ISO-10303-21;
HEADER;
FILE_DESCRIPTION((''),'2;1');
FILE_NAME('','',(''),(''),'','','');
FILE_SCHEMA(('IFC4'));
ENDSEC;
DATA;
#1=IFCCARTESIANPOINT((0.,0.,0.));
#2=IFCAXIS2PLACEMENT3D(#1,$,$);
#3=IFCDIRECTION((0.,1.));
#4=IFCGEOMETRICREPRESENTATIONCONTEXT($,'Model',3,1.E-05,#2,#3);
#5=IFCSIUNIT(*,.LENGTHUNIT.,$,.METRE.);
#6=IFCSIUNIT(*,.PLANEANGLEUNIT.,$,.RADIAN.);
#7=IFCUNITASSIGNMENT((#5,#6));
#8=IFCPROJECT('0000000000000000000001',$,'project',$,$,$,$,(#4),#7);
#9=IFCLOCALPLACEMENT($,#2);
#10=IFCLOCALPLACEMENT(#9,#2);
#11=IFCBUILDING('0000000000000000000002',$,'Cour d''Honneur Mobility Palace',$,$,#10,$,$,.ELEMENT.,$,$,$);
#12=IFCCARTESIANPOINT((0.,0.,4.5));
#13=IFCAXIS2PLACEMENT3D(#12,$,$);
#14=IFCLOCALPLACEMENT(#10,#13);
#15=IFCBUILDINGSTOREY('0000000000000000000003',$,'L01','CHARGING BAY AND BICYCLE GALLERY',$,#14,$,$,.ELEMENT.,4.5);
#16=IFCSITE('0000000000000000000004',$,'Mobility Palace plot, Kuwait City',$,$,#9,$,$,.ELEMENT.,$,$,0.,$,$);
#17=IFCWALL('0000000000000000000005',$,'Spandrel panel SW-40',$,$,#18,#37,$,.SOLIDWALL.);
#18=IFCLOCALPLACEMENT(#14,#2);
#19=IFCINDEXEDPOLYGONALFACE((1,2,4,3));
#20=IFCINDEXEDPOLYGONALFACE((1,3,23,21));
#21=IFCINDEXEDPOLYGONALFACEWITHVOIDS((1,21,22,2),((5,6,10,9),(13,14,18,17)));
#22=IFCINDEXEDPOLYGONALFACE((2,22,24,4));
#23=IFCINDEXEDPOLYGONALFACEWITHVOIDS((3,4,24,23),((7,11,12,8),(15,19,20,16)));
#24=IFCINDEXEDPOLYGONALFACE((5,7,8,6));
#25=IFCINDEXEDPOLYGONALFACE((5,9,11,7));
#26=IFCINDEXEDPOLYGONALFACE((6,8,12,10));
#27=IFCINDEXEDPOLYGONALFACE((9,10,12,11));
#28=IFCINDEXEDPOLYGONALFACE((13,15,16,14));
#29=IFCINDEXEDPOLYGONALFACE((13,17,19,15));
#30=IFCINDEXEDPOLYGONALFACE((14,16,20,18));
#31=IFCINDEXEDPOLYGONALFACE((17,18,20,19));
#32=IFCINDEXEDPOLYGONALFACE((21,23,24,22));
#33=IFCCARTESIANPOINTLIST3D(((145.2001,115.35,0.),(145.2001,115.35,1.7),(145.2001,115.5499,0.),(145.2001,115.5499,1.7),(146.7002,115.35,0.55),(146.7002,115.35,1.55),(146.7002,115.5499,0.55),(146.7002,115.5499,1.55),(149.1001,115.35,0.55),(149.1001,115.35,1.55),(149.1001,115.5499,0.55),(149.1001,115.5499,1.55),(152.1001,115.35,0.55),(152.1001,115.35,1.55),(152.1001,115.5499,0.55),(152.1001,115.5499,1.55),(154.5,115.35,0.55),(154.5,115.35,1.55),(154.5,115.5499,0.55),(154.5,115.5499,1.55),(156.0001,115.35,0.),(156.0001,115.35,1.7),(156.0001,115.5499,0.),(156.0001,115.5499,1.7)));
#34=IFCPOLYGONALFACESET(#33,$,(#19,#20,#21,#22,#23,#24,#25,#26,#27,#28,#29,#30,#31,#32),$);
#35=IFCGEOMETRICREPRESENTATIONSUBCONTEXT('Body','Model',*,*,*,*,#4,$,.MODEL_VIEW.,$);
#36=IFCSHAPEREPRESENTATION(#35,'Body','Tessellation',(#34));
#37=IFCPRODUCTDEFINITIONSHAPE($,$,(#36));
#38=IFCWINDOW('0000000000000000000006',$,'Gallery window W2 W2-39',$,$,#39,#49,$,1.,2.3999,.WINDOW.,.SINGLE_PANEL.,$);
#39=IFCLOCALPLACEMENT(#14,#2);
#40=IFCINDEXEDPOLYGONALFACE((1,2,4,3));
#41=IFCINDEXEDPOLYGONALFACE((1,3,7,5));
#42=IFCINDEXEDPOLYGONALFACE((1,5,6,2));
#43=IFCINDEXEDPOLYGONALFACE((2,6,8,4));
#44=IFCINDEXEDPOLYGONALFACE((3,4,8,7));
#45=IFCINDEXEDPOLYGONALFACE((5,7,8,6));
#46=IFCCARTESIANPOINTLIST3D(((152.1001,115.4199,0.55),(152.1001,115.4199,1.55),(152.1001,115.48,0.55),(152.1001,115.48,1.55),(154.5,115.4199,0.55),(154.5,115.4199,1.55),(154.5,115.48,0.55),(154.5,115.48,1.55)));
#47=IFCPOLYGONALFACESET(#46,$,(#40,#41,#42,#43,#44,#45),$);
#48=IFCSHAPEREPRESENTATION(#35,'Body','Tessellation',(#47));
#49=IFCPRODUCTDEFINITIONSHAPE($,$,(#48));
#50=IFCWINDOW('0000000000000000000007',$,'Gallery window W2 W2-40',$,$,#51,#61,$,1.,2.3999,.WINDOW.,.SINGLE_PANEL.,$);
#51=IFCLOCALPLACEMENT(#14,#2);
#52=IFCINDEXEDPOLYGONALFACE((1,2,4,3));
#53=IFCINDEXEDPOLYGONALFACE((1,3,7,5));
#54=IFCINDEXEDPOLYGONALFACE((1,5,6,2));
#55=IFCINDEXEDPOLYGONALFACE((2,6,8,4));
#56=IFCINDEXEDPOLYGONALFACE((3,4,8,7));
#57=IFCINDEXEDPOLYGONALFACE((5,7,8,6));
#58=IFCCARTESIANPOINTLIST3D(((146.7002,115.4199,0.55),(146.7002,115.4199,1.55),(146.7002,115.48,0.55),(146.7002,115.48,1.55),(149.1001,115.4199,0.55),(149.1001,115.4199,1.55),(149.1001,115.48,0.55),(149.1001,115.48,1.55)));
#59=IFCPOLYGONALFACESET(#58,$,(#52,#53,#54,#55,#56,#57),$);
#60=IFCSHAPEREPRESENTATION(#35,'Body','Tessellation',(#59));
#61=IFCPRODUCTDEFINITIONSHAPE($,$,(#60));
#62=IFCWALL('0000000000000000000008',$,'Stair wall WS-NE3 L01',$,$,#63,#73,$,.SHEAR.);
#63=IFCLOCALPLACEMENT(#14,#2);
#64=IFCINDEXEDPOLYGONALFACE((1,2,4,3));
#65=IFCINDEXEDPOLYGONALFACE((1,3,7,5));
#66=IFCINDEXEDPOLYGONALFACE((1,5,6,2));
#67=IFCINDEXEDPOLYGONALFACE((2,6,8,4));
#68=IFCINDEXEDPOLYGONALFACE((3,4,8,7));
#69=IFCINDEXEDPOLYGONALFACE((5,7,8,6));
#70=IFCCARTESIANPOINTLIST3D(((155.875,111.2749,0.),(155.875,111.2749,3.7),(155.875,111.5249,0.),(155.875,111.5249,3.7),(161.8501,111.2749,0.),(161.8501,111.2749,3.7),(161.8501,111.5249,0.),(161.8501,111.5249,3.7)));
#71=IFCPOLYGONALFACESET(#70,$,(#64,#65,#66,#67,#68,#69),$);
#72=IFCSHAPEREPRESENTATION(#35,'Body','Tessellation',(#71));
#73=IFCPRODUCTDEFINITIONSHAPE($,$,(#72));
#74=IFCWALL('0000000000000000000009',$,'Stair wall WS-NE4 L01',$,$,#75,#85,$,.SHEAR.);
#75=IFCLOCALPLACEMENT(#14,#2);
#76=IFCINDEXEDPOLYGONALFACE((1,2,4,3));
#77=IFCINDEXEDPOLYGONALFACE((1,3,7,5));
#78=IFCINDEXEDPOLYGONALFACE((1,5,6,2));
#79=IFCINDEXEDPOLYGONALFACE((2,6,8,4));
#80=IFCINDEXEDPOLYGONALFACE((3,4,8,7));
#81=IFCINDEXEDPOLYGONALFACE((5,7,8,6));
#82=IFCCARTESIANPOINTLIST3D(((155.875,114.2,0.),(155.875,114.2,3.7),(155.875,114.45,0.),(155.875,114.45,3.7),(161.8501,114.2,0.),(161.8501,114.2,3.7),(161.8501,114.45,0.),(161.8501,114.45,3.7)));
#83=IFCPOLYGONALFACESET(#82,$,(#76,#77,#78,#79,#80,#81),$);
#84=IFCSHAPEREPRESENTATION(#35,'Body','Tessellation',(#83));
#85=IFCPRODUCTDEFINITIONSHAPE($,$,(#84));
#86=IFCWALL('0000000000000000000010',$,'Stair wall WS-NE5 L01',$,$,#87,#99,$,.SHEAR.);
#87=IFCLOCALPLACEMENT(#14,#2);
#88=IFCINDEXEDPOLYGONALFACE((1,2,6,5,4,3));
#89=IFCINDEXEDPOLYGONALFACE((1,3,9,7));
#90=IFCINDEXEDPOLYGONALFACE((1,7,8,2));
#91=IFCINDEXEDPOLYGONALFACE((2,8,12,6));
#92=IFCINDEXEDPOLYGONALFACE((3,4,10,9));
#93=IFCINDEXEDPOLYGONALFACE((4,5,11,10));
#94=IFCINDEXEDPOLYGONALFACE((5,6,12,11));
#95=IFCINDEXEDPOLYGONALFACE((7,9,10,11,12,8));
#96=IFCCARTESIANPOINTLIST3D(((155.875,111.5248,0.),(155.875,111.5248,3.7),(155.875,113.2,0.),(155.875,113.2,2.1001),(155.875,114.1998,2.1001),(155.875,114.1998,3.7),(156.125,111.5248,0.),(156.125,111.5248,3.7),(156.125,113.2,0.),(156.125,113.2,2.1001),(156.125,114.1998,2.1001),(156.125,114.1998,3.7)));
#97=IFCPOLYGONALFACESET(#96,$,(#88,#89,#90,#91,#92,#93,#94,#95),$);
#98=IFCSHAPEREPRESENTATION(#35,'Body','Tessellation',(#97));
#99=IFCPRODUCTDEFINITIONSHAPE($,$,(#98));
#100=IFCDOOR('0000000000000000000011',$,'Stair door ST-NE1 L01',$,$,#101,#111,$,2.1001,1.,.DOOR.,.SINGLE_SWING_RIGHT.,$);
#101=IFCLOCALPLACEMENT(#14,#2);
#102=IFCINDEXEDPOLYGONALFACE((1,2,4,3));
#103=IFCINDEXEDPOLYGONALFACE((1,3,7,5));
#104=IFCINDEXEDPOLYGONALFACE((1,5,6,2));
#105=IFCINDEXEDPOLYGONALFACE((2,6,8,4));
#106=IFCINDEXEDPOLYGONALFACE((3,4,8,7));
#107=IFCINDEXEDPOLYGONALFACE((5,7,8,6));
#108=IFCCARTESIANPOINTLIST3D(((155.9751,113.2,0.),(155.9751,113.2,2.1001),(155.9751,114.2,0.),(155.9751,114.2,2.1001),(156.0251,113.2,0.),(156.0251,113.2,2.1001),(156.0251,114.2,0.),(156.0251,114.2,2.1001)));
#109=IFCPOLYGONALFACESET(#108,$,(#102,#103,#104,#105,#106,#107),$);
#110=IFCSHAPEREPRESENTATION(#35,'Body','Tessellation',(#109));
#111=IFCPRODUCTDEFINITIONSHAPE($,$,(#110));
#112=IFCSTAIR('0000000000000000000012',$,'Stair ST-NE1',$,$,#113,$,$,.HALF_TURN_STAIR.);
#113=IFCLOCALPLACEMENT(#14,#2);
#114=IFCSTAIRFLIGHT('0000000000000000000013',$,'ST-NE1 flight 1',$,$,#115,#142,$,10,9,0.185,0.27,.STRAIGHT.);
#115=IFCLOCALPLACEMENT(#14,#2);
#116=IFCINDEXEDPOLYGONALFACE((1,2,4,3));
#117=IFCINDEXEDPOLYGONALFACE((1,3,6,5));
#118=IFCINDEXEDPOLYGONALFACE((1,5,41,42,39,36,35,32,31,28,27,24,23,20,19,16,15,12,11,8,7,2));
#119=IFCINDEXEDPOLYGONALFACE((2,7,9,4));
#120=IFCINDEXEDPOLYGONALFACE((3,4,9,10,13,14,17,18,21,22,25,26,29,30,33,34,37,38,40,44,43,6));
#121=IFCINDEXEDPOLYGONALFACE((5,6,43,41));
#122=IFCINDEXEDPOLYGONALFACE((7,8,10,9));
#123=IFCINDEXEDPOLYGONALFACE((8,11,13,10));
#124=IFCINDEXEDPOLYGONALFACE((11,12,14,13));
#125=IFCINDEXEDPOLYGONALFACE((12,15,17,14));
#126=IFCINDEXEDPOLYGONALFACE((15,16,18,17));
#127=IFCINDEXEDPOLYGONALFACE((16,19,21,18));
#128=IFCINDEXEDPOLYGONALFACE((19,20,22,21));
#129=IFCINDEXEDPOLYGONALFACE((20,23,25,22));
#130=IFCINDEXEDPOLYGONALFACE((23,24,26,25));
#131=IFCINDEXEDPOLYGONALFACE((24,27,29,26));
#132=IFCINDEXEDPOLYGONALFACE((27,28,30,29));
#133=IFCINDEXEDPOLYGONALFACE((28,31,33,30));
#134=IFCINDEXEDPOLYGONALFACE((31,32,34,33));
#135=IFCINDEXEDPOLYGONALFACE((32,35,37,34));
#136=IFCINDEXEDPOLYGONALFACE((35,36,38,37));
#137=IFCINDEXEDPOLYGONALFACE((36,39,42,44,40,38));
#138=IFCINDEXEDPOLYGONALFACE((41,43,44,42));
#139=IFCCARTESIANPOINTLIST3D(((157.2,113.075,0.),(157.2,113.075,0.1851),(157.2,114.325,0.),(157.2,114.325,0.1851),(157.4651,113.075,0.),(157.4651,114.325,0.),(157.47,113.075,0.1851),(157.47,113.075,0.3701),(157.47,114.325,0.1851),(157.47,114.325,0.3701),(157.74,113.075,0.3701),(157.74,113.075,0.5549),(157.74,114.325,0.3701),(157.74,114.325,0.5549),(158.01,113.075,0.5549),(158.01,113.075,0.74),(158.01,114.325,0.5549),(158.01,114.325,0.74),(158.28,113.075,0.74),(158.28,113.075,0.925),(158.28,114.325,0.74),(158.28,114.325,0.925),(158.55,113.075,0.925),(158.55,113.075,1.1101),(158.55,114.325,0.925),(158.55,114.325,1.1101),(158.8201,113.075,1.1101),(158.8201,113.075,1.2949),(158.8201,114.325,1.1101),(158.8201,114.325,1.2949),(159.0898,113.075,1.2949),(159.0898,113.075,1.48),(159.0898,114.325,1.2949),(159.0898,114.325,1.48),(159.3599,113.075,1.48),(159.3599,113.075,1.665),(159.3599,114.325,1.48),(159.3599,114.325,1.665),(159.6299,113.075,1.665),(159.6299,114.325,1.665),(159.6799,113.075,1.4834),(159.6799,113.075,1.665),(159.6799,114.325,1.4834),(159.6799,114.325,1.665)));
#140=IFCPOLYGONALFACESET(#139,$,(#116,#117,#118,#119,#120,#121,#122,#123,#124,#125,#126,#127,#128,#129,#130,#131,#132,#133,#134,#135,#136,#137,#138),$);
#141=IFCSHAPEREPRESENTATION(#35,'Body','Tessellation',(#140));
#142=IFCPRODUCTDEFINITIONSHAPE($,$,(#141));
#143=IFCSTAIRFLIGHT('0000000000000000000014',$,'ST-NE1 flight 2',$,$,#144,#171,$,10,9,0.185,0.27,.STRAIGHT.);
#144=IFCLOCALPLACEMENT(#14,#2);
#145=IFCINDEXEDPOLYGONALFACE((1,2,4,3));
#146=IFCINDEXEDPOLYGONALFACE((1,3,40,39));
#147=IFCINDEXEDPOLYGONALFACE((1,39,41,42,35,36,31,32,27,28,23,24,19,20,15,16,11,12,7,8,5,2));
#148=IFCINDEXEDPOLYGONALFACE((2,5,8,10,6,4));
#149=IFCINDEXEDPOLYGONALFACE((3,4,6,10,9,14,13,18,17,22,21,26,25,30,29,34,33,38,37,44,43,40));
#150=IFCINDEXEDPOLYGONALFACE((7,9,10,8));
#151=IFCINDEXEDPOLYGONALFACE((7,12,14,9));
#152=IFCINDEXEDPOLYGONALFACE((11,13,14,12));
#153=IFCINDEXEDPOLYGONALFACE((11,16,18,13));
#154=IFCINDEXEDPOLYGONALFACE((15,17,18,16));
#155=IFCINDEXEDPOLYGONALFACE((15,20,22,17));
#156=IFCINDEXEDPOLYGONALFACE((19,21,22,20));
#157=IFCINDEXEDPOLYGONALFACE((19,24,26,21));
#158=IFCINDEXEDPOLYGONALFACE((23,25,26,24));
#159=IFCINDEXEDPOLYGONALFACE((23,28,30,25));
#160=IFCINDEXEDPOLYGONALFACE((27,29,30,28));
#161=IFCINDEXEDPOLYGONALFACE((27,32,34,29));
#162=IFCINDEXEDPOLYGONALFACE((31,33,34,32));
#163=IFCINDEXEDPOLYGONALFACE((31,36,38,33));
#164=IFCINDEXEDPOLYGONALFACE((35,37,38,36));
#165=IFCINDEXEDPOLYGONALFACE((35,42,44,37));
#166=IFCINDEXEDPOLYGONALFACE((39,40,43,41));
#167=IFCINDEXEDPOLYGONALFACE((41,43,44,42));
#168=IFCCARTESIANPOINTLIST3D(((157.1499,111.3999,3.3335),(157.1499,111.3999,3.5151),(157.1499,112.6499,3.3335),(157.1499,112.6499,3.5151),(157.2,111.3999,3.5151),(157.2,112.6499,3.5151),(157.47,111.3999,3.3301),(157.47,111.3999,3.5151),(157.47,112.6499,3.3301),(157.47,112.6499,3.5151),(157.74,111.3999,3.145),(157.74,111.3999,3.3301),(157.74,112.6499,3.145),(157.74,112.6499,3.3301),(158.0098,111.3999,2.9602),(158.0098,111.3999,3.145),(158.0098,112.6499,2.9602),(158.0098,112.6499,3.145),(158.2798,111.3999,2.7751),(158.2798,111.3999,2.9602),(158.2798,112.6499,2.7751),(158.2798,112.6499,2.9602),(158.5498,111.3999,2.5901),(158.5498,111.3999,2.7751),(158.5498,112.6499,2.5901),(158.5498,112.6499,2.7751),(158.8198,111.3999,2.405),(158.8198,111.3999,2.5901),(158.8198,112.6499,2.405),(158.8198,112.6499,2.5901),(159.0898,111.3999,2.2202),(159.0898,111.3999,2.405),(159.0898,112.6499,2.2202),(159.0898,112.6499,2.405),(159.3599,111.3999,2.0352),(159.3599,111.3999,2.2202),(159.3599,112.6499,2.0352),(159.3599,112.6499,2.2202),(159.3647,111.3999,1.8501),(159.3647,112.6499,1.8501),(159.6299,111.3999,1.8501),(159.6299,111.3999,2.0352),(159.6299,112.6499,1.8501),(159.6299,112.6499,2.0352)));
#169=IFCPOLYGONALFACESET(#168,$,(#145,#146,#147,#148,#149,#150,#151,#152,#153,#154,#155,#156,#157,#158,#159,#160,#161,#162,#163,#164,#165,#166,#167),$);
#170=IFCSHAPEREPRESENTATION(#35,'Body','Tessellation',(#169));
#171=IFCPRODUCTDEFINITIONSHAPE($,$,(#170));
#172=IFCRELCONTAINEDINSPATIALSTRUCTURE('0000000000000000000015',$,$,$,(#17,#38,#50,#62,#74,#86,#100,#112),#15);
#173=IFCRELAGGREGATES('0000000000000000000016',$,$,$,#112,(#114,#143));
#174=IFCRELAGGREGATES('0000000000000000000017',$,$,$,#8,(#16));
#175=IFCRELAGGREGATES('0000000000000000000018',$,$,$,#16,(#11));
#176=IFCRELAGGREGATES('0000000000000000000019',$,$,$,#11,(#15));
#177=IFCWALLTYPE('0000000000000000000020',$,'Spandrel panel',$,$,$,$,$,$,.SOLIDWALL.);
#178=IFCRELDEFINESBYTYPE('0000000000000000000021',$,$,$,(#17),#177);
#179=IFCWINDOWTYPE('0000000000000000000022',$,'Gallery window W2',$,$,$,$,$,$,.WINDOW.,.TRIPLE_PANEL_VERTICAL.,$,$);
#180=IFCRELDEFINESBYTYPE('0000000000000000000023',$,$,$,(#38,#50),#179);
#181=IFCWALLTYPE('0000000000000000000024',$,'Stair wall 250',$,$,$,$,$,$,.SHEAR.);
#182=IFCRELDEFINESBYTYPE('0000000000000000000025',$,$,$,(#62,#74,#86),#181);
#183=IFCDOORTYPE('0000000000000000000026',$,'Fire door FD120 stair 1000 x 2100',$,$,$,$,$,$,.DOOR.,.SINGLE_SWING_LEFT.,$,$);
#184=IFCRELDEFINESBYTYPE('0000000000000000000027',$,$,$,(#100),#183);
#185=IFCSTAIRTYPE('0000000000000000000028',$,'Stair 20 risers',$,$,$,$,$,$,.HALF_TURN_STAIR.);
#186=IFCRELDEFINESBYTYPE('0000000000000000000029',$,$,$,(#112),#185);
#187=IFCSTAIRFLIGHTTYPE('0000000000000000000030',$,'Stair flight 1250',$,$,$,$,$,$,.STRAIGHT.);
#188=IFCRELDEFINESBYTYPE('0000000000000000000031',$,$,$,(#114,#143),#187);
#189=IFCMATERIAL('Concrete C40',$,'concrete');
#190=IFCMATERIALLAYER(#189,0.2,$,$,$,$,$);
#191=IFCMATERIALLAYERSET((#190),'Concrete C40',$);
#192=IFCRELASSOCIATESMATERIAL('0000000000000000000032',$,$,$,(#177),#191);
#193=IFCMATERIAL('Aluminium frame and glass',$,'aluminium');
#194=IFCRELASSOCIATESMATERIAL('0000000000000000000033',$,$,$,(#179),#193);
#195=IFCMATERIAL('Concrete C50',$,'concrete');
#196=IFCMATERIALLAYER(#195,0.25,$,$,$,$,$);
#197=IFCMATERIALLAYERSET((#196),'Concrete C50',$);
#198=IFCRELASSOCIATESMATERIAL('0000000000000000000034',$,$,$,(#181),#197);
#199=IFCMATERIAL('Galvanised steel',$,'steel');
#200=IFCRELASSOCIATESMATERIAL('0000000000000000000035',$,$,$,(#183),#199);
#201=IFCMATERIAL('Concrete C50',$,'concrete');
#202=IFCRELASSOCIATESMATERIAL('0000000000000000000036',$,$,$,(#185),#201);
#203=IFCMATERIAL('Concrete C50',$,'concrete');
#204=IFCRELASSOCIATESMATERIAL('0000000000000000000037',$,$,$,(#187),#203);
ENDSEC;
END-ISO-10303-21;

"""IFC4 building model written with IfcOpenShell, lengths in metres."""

from ifc_helpers import new_model, si_unit, direction, frame, frame_2d, origin, place, context, subcontext, project, spatial, polyline, rectangle, outline, extrude, material, layer, layer_set, type_object, element, fill, aggregate, save


model = new_model("IFC4")

# Units and contexts
model_context = context("Model", 3, precision=1e-05, world=origin(), true_north=direction((0.0, 1.0)))
body_context = subcontext(model_context, "Body", "Model", "MODEL_VIEW")
ifc_project = project(units=[si_unit("LENGTHUNIT", "METRE"), si_unit("PLANEANGLEUNIT", "RADIAN")], contexts=[model_context])

# Site, building, storey
site_placement = place(None, origin())
site = spatial("IfcSite", under=ifc_project, at=site_placement, Name="Mobility Palace plot, Kuwait City", CompositionType="ELEMENT", RefElevation=0.0)
building_placement = place(site_placement, origin())
building = spatial("IfcBuilding", under=site, at=building_placement, Name="Cour d'Honneur Mobility Palace", CompositionType="ELEMENT")
storey_placement = place(building_placement, frame((0.0, 0.0, 4.5)))
storey = spatial("IfcBuildingStorey", under=building, at=storey_placement, Name="L01", Description="CHARGING BAY AND BICYCLE GALLERY", CompositionType="ELEMENT", Elevation=4.5)

# Wall, openings, windows
ifc_material_1 = material(Name="Concrete C40", Category="concrete")
ifc_layer_1 = layer(ifc_material_1, 0.2)
ifc_layer_set_1 = layer_set([ifc_layer_1], Name="Concrete C40")
wall_type_1 = type_object("IfcWallType", Name="Spandrel panel", PredefinedType="SOLIDWALL", material=ifc_layer_set_1)
wall_1_placement = place(storey_placement, frame((156.0, 115.45, 0.0), z_axis=(0.0, 0.0, 1.0), x_axis=(-1.0, 0.0, 0.0)))
wall_1 = element("IfcWall", 1, at=wall_1_placement, inside=storey, type_object=wall_type_1, Name="Spandrel panel SW-40", PredefinedType="SOLIDWALL", context=body_context, shape_type="SweptSolid", body=[
    extrude(rectangle(XDim=10.8, YDim=0.2, at=frame_2d((5.3999, 0.0))), origin(), (0.0, 0.0, 1.0), 1.7),
])
opening_1_placement = place(wall_1_placement, frame((1.5, 0.0, 0.55)))
opening_1 = element("IfcOpeningElement", 2, at=opening_1_placement, cuts=wall_1, PredefinedType="OPENING", context=body_context, shape_type="SweptSolid", body=[
    extrude(rectangle(XDim=2.3999, YDim=1.0, at=frame_2d((1.2, 0.5))), frame((0.0, 0.1099, 0.0), z_axis=(0.0, -1.0, 0.0), x_axis=(1.0, 0.0, 0.0)), (0.0, 0.0, 1.0), 0.22),
])
opening_2_placement = place(wall_1_placement, frame((6.8999, 0.0, 0.55)))
opening_2 = element("IfcOpeningElement", 3, at=opening_2_placement, cuts=wall_1, PredefinedType="OPENING", context=body_context, shape_type="SweptSolid", body=[
    extrude(rectangle(XDim=2.3999, YDim=1.0, at=frame_2d((1.2, 0.5))), frame((0.0, 0.1099, 0.0), z_axis=(0.0, -1.0, 0.0), x_axis=(1.0, 0.0, 0.0)), (0.0, 0.0, 1.0), 0.22),
])
ifc_material_2 = material(Name="Aluminium frame and glass", Category="aluminium")
window_type = type_object("IfcWindowType", Name="Gallery window W2", PartitioningType="TRIPLE_PANEL_VERTICAL", PredefinedType="WINDOW", material=ifc_material_2)
window_1_placement = place(opening_1_placement, origin())
window_1 = element("IfcWindow", 4, at=window_1_placement, inside=storey, type_object=window_type, Name="Gallery window W2 W2-39", OverallHeight=1.0, OverallWidth=2.3999, PartitioningType="SINGLE_PANEL", PredefinedType="WINDOW", context=body_context, shape_type="SweptSolid", body=[
    extrude(rectangle(XDim=2.3999, YDim=1.0, at=frame_2d((1.2, 0.5))), frame((0.0, 0.03, 0.0), z_axis=(0.0, -1.0, 0.0), x_axis=(1.0, 0.0, 0.0)), (0.0, 0.0, 1.0), 0.0601),
])
fill(opening_1, window_1)
window_2_placement = place(opening_2_placement, origin())
window_2 = element("IfcWindow", 5, at=window_2_placement, inside=storey, type_object=window_type, Name="Gallery window W2 W2-40", OverallHeight=1.0, OverallWidth=2.3999, PartitioningType="SINGLE_PANEL", PredefinedType="WINDOW", context=body_context, shape_type="SweptSolid", body=[
    extrude(rectangle(XDim=2.3999, YDim=1.0, at=frame_2d((1.2, 0.5))), frame((0.0, 0.03, 0.0), z_axis=(0.0, -1.0, 0.0), x_axis=(1.0, 0.0, 0.0)), (0.0, 0.0, 1.0), 0.0601),
])
fill(opening_2, window_2)

# Walls
ifc_material_3 = material(Name="Concrete C50", Category="concrete")
ifc_layer_2 = layer(ifc_material_3, 0.25)
ifc_layer_set_2 = layer_set([ifc_layer_2], Name="Concrete C50")
wall_type_2 = type_object("IfcWallType", Name="Stair wall 250", PredefinedType="SHEAR", material=ifc_layer_set_2)
for number, where, z_axis, x_axis, name in (
    (6, (155.875, 111.3999, 0.0), (0.0, 0.0, 1.0), (1.0, 0.0, 0.0), "Stair wall WS-NE3 L01"),
    (7, (155.875, 114.325, 0.0), (0.0, 0.0, 1.0), (1.0, 0.0, 0.0), "Stair wall WS-NE4 L01"),
):
    element("IfcWall", number, at=place(storey_placement, frame(where, z_axis=z_axis, x_axis=x_axis)), inside=storey, type_object=wall_type_2, Name=name, PredefinedType="SHEAR", context=body_context, shape_type="SweptSolid", body=[
        extrude(rectangle(XDim=5.9751, YDim=0.25, at=frame_2d((2.9875, 0.0))), origin(), (0.0, 0.0, 1.0), 3.7),
    ])

# Wall, opening, door
wall_2_placement = place(storey_placement, frame((156.0, 111.5249, 0.0), z_axis=(0.0, 0.0, 1.0), x_axis=(0.0, 1.0, 0.0)))
wall_2 = element("IfcWall", 8, at=wall_2_placement, inside=storey, type_object=wall_type_2, Name="Stair wall WS-NE5 L01", PredefinedType="SHEAR", context=body_context, shape_type="SweptSolid", body=[
    extrude(rectangle(XDim=2.675, YDim=0.25, at=frame_2d((1.3374, 0.0))), origin(), (0.0, 0.0, 1.0), 3.7),
])
opening_3_placement = place(wall_2_placement, frame((1.675, 0.0, 0.0)))
opening_3 = element("IfcOpeningElement", 9, at=opening_3_placement, cuts=wall_2, PredefinedType="OPENING", context=body_context, shape_type="SweptSolid", body=[
    extrude(rectangle(XDim=1.0, YDim=2.1001, at=frame_2d((0.5, 1.05))), frame((0.0, 0.135, 0.0), z_axis=(0.0, -1.0, 0.0), x_axis=(1.0, 0.0, 0.0)), (0.0, 0.0, 1.0), 0.27),
])
ifc_material_4 = material(Name="Galvanised steel", Category="steel")
door_type_1 = type_object("IfcDoorType", Name="Fire door FD120 stair 1000 x 2100", OperationType="SINGLE_SWING_LEFT", PredefinedType="DOOR", material=ifc_material_4)
door_1_placement = place(opening_3_placement, origin())
door_1 = element("IfcDoor", 10, at=door_1_placement, inside=storey, type_object=door_type_1, Name="Stair door ST-NE1 L01", OperationType="SINGLE_SWING_RIGHT", OverallHeight=2.1001, OverallWidth=1.0, PredefinedType="DOOR", context=body_context, shape_type="SweptSolid", body=[
    extrude(rectangle(XDim=1.0, YDim=2.1001, at=frame_2d((0.5, 1.05))), frame((0.0, 0.0249, 0.0), z_axis=(0.0, -1.0, 0.0), x_axis=(1.0, 0.0, 0.0)), (0.0, 0.0, 1.0), 0.05),
])
fill(opening_3, door_1)

# Stair, stair flights
ifc_material_5 = material(Name="Concrete C50", Category="concrete")
stair_type = type_object("IfcStairType", Name="Stair 20 risers", PredefinedType="HALF_TURN_STAIR", material=ifc_material_5)
stair_placement = place(storey_placement, origin())
stair = element("IfcStair", 11, at=stair_placement, inside=storey, type_object=stair_type, Name="Stair ST-NE1", PredefinedType="HALF_TURN_STAIR")
ifc_material_6 = material(Name="Concrete C50", Category="concrete")
stair_flight_type = type_object("IfcStairFlightType", Name="Stair flight 1250", PredefinedType="STRAIGHT", material=ifc_material_6)
stair_flight_1_placement = place(storey_placement, frame((157.2, 113.7, 0.0), z_axis=(0.0, 0.0, 1.0), x_axis=(1.0, 0.0, 0.0)))
stair_flight_1 = element("IfcStairFlight", 12, at=stair_flight_1_placement, type_object=stair_flight_type, Name="ST-NE1 flight 1", NumberOfRisers=10, NumberOfTreads=9, PredefinedType="STRAIGHT", RiserHeight=0.185, TreadLength=0.27, context=body_context, shape_type="SweptSolid", body=[
    extrude(outline(polyline([(0.0, 0.0), (0.0, 0.1851), (0.27, 0.1851), (0.27, 0.3701), (0.54, 0.3701), (0.54, 0.5549), (0.8101, 0.5549), (0.8101, 0.74), (1.0801, 0.74), (1.0801, 0.925), (1.3501, 0.925), (1.3501, 1.1101), (1.6201, 1.1101), (1.6201, 1.2949), (1.8899, 1.2949), (1.8899, 1.48), (2.1599, 1.48), (2.1599, 1.665), (2.4299, 1.665), (2.48, 1.665), (2.48, 1.4834), (0.2651, 0.0), (0.0, 0.0)])), frame((0.0, 0.625, 0.0), z_axis=(0.0, -1.0, 0.0), x_axis=(1.0, 0.0, 0.0)), (0.0, 0.0, 1.0), 1.25),
])
stair_flight_2_placement = place(storey_placement, frame((159.6299, 112.0249, 1.8501), z_axis=(0.0, 0.0, 1.0), x_axis=(-1.0, 0.0, 0.0)))
stair_flight_2 = element("IfcStairFlight", 13, at=stair_flight_2_placement, type_object=stair_flight_type, Name="ST-NE1 flight 2", NumberOfRisers=10, NumberOfTreads=9, PredefinedType="STRAIGHT", RiserHeight=0.185, TreadLength=0.27, context=body_context, shape_type="SweptSolid", body=[
    extrude(outline(polyline([(0.0, 0.0), (0.0, 0.1851), (0.27, 0.1851), (0.27, 0.3701), (0.54, 0.3701), (0.54, 0.5549), (0.8101, 0.5549), (0.8101, 0.74), (1.0801, 0.74), (1.0801, 0.925), (1.3501, 0.925), (1.3501, 1.1101), (1.6201, 1.1101), (1.6201, 1.2949), (1.8899, 1.2949), (1.8899, 1.48), (2.1599, 1.48), (2.1599, 1.665), (2.4299, 1.665), (2.48, 1.665), (2.48, 1.4834), (0.2651, 0.0), (0.0, 0.0)])), frame((0.0, 0.625, 0.0), z_axis=(0.0, -1.0, 0.0), x_axis=(1.0, 0.0, 0.0)), (0.0, 0.0, 1.0), 1.25),
])
aggregate(stair, [stair_flight_1, stair_flight_2])

save(model, "model.ifc")
